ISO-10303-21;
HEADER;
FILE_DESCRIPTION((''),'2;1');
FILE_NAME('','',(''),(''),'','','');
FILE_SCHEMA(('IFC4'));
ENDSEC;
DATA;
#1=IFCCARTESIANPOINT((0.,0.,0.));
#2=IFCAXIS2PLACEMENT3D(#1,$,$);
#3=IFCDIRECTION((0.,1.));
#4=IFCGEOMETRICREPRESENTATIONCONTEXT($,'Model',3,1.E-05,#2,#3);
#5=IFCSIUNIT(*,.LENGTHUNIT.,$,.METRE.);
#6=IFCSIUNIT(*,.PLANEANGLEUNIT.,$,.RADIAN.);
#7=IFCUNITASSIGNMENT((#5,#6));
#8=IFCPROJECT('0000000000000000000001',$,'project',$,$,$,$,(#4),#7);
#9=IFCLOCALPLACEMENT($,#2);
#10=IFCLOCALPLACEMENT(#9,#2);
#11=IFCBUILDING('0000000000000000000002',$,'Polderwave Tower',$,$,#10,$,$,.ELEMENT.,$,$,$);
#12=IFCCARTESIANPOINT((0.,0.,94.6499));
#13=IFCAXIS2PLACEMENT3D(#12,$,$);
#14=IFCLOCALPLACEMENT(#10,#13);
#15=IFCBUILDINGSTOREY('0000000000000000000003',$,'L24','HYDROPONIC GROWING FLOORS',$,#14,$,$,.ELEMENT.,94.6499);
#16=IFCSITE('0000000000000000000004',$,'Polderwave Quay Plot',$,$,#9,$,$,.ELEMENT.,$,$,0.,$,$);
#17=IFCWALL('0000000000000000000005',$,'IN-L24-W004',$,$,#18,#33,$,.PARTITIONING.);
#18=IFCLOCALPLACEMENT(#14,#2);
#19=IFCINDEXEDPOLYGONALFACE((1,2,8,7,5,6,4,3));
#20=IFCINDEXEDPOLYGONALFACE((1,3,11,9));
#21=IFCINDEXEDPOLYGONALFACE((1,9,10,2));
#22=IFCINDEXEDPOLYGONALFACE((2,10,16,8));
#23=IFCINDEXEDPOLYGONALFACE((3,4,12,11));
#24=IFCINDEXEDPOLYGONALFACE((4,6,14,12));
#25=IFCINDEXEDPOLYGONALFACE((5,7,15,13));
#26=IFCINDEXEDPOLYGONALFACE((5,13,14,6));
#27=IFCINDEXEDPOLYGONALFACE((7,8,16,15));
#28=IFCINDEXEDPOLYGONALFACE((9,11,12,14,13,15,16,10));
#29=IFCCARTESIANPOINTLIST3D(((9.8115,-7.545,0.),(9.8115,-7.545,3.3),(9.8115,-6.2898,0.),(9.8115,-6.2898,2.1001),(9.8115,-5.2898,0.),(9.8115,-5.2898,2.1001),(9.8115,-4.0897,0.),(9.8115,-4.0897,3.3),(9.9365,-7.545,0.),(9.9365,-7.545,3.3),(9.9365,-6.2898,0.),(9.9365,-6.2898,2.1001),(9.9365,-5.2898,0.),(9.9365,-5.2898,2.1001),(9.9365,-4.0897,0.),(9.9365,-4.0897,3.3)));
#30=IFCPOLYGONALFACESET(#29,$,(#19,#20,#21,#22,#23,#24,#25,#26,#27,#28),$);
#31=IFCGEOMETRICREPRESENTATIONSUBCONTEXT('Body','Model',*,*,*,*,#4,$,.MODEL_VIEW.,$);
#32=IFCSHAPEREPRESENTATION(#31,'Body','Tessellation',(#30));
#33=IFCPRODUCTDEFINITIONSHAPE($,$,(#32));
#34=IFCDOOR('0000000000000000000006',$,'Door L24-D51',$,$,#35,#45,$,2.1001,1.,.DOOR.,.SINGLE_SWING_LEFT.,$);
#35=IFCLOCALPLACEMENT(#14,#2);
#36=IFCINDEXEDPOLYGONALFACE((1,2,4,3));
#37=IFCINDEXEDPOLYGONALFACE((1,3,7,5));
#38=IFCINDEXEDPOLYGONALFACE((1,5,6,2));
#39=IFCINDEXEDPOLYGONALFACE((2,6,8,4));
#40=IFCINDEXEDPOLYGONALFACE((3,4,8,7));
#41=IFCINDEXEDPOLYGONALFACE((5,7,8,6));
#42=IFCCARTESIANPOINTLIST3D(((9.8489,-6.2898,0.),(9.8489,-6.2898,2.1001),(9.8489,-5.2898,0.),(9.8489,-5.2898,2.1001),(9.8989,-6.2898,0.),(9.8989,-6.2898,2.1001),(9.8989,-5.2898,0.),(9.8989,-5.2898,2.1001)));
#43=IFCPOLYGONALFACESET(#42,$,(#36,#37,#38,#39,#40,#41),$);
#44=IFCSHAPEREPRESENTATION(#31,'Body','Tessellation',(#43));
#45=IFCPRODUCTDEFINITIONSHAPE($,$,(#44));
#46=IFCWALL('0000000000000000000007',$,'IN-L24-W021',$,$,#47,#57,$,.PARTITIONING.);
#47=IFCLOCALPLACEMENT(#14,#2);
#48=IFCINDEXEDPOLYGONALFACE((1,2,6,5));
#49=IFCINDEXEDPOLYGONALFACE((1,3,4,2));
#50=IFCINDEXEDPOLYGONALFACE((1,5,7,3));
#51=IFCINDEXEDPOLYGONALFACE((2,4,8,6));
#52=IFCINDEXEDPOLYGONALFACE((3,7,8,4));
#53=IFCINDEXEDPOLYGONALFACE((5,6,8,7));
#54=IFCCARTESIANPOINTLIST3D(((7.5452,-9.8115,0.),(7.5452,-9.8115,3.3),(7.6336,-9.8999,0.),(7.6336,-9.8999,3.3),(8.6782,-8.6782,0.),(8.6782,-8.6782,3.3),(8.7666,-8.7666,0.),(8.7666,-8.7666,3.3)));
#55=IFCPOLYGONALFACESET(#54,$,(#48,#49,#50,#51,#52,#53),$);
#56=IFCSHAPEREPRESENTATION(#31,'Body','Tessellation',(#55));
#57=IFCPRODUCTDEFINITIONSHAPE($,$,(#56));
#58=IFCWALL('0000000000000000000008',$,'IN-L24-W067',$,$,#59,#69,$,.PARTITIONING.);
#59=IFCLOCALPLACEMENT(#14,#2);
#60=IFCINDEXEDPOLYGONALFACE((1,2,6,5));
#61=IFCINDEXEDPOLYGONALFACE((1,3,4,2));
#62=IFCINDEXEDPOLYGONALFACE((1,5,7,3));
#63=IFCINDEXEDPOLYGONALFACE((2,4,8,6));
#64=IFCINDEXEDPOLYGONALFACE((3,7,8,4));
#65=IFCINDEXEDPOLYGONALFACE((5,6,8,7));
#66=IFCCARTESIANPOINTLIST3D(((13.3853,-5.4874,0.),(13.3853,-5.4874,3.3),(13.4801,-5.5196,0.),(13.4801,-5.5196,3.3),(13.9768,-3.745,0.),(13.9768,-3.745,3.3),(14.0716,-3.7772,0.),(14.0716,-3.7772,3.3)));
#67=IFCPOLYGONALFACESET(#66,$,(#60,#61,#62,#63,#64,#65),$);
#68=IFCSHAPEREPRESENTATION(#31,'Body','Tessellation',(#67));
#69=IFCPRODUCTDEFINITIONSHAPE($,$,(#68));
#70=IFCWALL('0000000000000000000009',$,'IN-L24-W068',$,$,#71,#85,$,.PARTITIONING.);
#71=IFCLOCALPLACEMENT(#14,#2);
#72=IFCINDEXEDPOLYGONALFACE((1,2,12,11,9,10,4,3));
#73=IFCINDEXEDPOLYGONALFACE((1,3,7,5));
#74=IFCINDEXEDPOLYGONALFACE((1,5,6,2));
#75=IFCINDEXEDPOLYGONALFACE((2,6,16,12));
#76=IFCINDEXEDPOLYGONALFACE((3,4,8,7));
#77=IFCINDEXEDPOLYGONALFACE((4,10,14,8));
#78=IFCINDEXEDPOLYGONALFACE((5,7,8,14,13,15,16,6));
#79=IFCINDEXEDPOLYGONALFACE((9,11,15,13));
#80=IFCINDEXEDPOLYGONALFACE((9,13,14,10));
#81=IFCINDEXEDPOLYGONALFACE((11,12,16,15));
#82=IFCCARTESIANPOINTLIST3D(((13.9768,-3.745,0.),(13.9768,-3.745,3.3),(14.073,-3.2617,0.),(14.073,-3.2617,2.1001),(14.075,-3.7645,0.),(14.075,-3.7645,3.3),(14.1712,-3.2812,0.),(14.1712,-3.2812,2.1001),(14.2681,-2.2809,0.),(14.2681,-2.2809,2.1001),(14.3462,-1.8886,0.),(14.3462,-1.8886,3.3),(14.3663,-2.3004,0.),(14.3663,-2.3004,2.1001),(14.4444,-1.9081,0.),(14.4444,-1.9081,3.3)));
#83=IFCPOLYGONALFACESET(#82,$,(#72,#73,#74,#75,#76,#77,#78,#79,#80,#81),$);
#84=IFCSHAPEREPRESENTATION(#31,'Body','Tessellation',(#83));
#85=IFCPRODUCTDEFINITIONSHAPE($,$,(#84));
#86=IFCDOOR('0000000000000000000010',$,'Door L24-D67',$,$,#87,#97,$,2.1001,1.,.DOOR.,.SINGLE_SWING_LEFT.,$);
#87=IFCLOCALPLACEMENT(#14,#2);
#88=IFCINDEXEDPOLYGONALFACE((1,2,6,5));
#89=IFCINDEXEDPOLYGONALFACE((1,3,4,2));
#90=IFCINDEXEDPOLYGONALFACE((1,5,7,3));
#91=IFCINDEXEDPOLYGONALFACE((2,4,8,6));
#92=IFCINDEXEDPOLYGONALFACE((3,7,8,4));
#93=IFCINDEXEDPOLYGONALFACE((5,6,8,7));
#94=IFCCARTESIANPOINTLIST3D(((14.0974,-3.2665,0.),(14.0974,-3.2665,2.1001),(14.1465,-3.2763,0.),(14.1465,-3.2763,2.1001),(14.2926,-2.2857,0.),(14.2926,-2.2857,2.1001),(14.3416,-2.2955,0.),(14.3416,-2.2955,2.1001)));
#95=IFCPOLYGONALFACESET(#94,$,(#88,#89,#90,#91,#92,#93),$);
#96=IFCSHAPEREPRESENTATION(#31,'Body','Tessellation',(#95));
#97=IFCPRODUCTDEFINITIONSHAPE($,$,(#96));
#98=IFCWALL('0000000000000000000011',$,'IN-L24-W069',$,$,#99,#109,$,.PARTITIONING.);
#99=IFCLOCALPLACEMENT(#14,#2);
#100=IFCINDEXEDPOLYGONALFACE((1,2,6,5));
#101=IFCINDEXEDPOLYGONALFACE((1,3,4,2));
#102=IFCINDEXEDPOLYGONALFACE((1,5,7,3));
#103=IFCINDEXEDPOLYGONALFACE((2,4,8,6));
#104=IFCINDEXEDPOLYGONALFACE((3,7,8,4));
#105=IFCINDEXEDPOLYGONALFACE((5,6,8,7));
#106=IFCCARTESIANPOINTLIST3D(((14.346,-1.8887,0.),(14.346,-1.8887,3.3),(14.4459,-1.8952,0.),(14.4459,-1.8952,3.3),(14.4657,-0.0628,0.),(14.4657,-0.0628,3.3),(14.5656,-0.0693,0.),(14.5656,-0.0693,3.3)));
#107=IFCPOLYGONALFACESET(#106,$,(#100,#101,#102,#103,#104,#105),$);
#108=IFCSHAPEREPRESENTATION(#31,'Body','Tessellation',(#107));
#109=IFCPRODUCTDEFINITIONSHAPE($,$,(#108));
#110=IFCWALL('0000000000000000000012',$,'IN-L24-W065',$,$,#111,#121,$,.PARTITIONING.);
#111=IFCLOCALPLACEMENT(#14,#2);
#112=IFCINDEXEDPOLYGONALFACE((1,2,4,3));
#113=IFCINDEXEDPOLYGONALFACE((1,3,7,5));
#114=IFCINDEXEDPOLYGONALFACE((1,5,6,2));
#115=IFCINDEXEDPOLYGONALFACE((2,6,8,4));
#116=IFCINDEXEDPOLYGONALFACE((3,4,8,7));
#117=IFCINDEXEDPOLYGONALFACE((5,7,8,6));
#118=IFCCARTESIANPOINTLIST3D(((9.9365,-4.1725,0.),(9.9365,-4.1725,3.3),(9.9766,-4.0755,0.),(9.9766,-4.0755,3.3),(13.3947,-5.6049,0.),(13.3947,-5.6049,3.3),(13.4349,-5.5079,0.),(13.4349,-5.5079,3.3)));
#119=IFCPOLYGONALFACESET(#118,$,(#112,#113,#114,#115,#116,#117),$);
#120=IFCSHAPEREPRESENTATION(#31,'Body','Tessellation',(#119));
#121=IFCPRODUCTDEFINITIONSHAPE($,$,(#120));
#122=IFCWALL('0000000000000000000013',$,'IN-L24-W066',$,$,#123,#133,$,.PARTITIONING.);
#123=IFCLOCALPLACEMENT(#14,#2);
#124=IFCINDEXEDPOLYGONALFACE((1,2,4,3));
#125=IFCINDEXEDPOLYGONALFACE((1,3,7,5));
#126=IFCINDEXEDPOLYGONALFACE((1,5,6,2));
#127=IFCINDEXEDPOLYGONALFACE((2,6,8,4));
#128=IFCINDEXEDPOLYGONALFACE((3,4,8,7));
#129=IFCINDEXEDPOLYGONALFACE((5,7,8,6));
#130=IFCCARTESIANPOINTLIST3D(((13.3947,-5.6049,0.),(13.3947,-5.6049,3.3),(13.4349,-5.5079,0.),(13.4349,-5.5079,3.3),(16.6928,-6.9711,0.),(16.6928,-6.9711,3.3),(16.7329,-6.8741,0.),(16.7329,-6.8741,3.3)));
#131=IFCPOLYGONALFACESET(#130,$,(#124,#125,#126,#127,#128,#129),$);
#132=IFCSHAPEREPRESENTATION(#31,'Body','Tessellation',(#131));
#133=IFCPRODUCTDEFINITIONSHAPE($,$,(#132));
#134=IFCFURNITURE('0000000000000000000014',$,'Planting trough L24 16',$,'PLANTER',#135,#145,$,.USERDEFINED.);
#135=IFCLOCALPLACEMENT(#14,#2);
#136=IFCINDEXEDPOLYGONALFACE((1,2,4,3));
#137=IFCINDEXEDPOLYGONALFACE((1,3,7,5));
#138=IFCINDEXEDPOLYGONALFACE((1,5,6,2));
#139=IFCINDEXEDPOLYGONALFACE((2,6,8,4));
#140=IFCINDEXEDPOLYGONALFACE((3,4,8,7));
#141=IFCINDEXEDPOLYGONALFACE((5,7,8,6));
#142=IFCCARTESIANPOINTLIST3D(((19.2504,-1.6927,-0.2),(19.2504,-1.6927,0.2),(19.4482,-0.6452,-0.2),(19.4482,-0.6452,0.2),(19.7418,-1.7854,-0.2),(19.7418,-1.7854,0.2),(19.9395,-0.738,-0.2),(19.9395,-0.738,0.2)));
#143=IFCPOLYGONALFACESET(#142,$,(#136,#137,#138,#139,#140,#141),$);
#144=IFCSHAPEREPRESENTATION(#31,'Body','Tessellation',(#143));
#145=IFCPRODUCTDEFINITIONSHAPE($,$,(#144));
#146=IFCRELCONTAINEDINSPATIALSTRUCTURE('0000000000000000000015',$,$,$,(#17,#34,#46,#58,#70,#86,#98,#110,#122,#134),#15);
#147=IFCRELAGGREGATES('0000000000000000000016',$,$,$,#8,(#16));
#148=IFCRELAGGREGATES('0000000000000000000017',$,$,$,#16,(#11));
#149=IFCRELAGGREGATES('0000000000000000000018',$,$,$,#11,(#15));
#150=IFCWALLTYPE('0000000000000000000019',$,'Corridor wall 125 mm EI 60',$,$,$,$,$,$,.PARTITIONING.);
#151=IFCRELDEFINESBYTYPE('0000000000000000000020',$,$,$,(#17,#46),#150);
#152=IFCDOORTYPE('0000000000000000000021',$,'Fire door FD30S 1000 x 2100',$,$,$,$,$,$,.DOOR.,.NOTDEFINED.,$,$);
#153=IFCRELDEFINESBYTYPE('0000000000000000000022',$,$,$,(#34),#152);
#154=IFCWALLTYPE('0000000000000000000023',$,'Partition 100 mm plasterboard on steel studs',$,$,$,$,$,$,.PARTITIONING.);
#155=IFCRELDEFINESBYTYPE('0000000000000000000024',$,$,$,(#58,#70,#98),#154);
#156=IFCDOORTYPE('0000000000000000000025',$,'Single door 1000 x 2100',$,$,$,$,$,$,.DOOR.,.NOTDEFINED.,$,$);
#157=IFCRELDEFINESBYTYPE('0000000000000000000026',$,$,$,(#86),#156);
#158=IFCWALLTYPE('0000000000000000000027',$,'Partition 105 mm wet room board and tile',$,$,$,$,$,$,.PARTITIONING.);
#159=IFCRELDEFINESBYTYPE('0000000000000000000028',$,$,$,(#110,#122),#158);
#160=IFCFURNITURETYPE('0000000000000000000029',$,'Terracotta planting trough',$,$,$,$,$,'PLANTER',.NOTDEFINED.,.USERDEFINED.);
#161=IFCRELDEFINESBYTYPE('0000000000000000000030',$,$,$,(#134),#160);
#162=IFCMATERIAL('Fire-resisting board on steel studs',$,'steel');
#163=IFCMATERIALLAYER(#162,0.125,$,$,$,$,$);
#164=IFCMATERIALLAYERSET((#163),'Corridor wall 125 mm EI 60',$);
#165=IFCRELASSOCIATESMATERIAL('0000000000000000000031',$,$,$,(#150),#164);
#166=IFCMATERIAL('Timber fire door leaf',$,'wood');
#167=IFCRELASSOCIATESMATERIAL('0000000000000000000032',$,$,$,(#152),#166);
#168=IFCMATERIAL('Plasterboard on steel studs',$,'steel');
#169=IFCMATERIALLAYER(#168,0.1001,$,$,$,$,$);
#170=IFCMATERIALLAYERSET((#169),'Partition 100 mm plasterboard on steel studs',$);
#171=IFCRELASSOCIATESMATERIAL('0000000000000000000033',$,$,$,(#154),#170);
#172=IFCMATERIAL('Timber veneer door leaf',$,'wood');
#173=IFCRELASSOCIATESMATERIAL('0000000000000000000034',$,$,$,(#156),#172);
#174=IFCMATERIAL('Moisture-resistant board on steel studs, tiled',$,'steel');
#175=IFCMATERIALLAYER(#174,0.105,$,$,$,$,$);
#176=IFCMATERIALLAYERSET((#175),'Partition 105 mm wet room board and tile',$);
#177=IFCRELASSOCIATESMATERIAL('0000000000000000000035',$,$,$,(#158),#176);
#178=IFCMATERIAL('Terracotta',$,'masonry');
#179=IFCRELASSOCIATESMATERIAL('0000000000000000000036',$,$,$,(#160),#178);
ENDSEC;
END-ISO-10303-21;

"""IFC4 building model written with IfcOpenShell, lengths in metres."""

from ifc_helpers import new_model, si_unit, direction, frame, frame_2d, origin, origin_2d, place, context, subcontext, project, spatial, rectangle, extrude, material, layer, layer_set, type_object, element, fill, save


model = new_model("IFC4")

# Units and contexts
model_context = context("Model", 3, precision=1e-05, world=origin(), true_north=direction((0.0, 1.0)))
body_context = subcontext(model_context, "Body", "Model", "MODEL_VIEW")
ifc_project = project(units=[si_unit("LENGTHUNIT", "METRE"), si_unit("PLANEANGLEUNIT", "RADIAN")], contexts=[model_context])

# Site, building, storey
site_placement = place(None, origin())
site = spatial("IfcSite", under=ifc_project, at=site_placement, Name="Polderwave Quay Plot", CompositionType="ELEMENT", RefElevation=0.0)
building_placement = place(site_placement, origin())
building = spatial("IfcBuilding", under=site, at=building_placement, Name="Polderwave Tower", CompositionType="ELEMENT")
storey_placement = place(building_placement, frame((0.0, 0.0, 94.6499)))
storey = spatial("IfcBuildingStorey", under=building, at=storey_placement, Name="L24", Description="HYDROPONIC GROWING FLOORS", CompositionType="ELEMENT", Elevation=94.6499)

# Shared definitions
ifc_material_1 = material(Name="Fire-resisting board on steel studs", Category="steel")
ifc_layer_1 = layer(ifc_material_1, 0.125)
ifc_layer_set_1 = layer_set([ifc_layer_1], Name="Corridor wall 125 mm EI 60")
wall_type_1 = type_object("IfcWallType", Name="Corridor wall 125 mm EI 60", PredefinedType="PARTITIONING", material=ifc_layer_set_1)

# Wall, opening, door
wall_1_placement = place(storey_placement, frame((9.874, -4.0898, 0.0), z_axis=(0.0, 0.0, 1.0), x_axis=(0.0, -1.0, 0.0)))
wall_1 = element("IfcWall", 1, at=wall_1_placement, inside=storey, type_object=wall_type_1, Name="IN-L24-W004", PredefinedType="PARTITIONING", context=body_context, shape_type="SweptSolid", body=[
    extrude(rectangle(XDim=3.4553, YDim=0.125, at=frame_2d((1.7275, 0.0))), origin(), (0.0, 0.0, 1.0), 3.3),
])
opening_1_placement = place(wall_1_placement, frame((1.2, 0.0, 0.0)))
opening_1 = element("IfcOpeningElement", 2, at=opening_1_placement, cuts=wall_1, PredefinedType="OPENING", context=body_context, shape_type="SweptSolid", body=[
    extrude(rectangle(XDim=1.0, YDim=2.1001, at=frame_2d((0.5, 1.05))), frame((0.0, 0.0725, 0.0), z_axis=(0.0, -1.0, 0.0), x_axis=(1.0, 0.0, 0.0)), (0.0, 0.0, 1.0), 0.145),
])
ifc_material_2 = material(Name="Timber fire door leaf", Category="wood")
door_type_1 = type_object("IfcDoorType", Name="Fire door FD30S 1000 x 2100", OperationType="NOTDEFINED", PredefinedType="DOOR", material=ifc_material_2)
door_1_placement = place(opening_1_placement, origin())
door_1 = element("IfcDoor", 3, at=door_1_placement, inside=storey, type_object=door_type_1, Name="Door L24-D51", OperationType="SINGLE_SWING_LEFT", OverallHeight=2.1001, OverallWidth=1.0, PredefinedType="DOOR", context=body_context, shape_type="SweptSolid", body=[
    extrude(rectangle(XDim=1.0, YDim=2.1001, at=frame_2d((0.5, 1.05))), frame((0.0, 0.0249, 0.0), z_axis=(0.0, -1.0, 0.0), x_axis=(1.0, 0.0, 0.0)), (0.0, 0.0, 1.0), 0.05),
])
fill(opening_1, door_1)

# Walls
wall_2_placement = place(storey_placement, frame((8.7224, -8.7224, 0.0), z_axis=(0.0, 0.0, 1.0), x_axis=(-0.707031, -0.707183, 0.0)))
element("IfcWall", 4, at=wall_2_placement, inside=storey, type_object=wall_type_1, Name="IN-L24-W021", PredefinedType="PARTITIONING", context=body_context, shape_type="SweptSolid", body=[
    extrude(rectangle(XDim=1.6025, YDim=0.125, at=frame_2d((0.8013, 0.0))), origin(), (0.0, 0.0, 1.0), 3.3),
])
ifc_material_3 = material(Name="Plasterboard on steel studs", Category="steel")
ifc_layer_2 = layer(ifc_material_3, 0.1001)
ifc_layer_set_2 = layer_set([ifc_layer_2], Name="Partition 100 mm plasterboard on steel studs")
wall_type_2 = type_object("IfcWallType", Name="Partition 100 mm plasterboard on steel studs", PredefinedType="PARTITIONING", material=ifc_layer_set_2)
wall_3_placement = place(storey_placement, frame((14.0242, -3.7612, 0.0), z_axis=(0.0, 0.0, 1.0), x_axis=(-0.321477, -0.946917, 0.0)))
element("IfcWall", 5, at=wall_3_placement, inside=storey, type_object=wall_type_2, Name="IN-L24-W067", PredefinedType="PARTITIONING", context=body_context, shape_type="SweptSolid", body=[
    extrude(rectangle(XDim=1.8401, YDim=0.1001, at=frame_2d((0.9199, 0.0))), origin(), (0.0, 0.0, 1.0), 3.3),
])

# Wall, opening, door
wall_4_placement = place(storey_placement, frame((14.3953, -1.8984, 0.0), z_axis=(0.0, 0.0, 1.0), x_axis=(-0.195149, -0.980774, 0.0)))
wall_4 = element("IfcWall", 6, at=wall_4_placement, inside=storey, type_object=wall_type_2, Name="IN-L24-W068", PredefinedType="PARTITIONING", context=body_context, shape_type="SweptSolid", body=[
    extrude(rectangle(XDim=1.8928, YDim=0.1001, at=frame_2d((0.9463, 0.0))), origin(), (0.0, 0.0, 1.0), 3.3),
])
opening_2_placement = place(wall_4_placement, frame((0.3999, 0.0, 0.0)))
opening_2 = element("IfcOpeningElement", 7, at=opening_2_placement, cuts=wall_4, PredefinedType="OPENING", context=body_context, shape_type="SweptSolid", body=[
    extrude(rectangle(XDim=1.0, YDim=2.1001, at=frame_2d((0.5, 1.05))), frame((0.0, 0.0601, 0.0), z_axis=(0.0, -1.0, 0.0), x_axis=(1.0, 0.0, 0.0)), (0.0, 0.0, 1.0), 0.1201),
])
ifc_material_4 = material(Name="Timber veneer door leaf", Category="wood")
door_type_2 = type_object("IfcDoorType", Name="Single door 1000 x 2100", OperationType="NOTDEFINED", PredefinedType="DOOR", material=ifc_material_4)
door_2_placement = place(opening_2_placement, origin())
door_2 = element("IfcDoor", 8, at=door_2_placement, inside=storey, type_object=door_type_2, Name="Door L24-D67", OperationType="SINGLE_SWING_LEFT", OverallHeight=2.1001, OverallWidth=1.0, PredefinedType="DOOR", context=body_context, shape_type="SweptSolid", body=[
    extrude(rectangle(XDim=1.0, YDim=2.1001, at=frame_2d((0.5, 1.05))), frame((0.0, 0.0249, 0.0), z_axis=(0.0, -1.0, 0.0), x_axis=(1.0, 0.0, 0.0)), (0.0, 0.0, 1.0), 0.05),
])
fill(opening_2, door_2)

# Walls
wall_5_placement = place(storey_placement, frame((14.5156, -0.0659, 0.0), z_axis=(0.0, 0.0, 1.0), x_axis=(-0.065377, -0.997861, 0.0)))
element("IfcWall", 9, at=wall_5_placement, inside=storey, type_object=wall_type_2, Name="IN-L24-W069", PredefinedType="PARTITIONING", context=body_context, shape_type="SweptSolid", body=[
    extrude(rectangle(XDim=1.8298, YDim=0.1001, at=frame_2d((0.915, 0.0))), origin(), (0.0, 0.0, 1.0), 3.3),
])
ifc_material_5 = material(Name="Moisture-resistant board on steel studs, tiled", Category="steel")
ifc_layer_3 = layer(ifc_material_5, 0.105)
ifc_layer_set_3 = layer_set([ifc_layer_3], Name="Partition 105 mm wet room board and tile")
wall_type_3 = type_object("IfcWallType", Name="Partition 105 mm wet room board and tile", PredefinedType="PARTITIONING", material=ifc_layer_set_3)
wall_6_placement = place(storey_placement, frame((9.9565, -4.124, 0.0), z_axis=(0.0, 0.0, 1.0), x_axis=(0.923887, -0.382665, 0.0)))
element("IfcWall", 10, at=wall_6_placement, inside=storey, type_object=wall_type_3, Name="IN-L24-W065", PredefinedType="PARTITIONING", context=body_context, shape_type="SweptSolid", body=[
    extrude(rectangle(XDim=3.7432, YDim=0.105, at=frame_2d((1.8716, 0.0))), origin(), (0.0, 0.0, 1.0), 3.3),
])
wall_7_placement = place(storey_placement, frame((13.4148, -5.5564, 0.0), z_axis=(0.0, 0.0, 1.0), x_axis=(0.92387, -0.382706, 0.0)))
element("IfcWall", 11, at=wall_7_placement, inside=storey, type_object=wall_type_3, Name="IN-L24-W066", PredefinedType="PARTITIONING", context=body_context, shape_type="SweptSolid", body=[
    extrude(rectangle(XDim=3.5698, YDim=0.105, at=frame_2d((1.7849, 0.0))), origin(), (0.0, 0.0, 1.0), 3.3),
])

# Furniture
ifc_material_6 = material(Name="Terracotta", Category="masonry")
furniture_type = type_object("IfcFurnitureType", Name="Terracotta planting trough", ElementType="PLANTER", AssemblyPlace="NOTDEFINED", PredefinedType="USERDEFINED", material=ifc_material_6)
furniture_placement = place(storey_placement, frame((19.595, -1.2153, -0.2), z_axis=(0.0, 0.0, 1.0), x_axis=(0.185524, 0.98264, 0.0)))
element("IfcFurniture", 12, at=furniture_placement, inside=storey, type_object=furniture_type, Name="Planting trough L24 16", ObjectType="PLANTER", PredefinedType="USERDEFINED", context=body_context, shape_type="SweptSolid", body=[
    extrude(rectangle(XDim=1.0659, YDim=0.5, at=origin_2d()), origin(), (0.0, 0.0, 1.0), 0.3999),
])

save(model, "model.ifc")
